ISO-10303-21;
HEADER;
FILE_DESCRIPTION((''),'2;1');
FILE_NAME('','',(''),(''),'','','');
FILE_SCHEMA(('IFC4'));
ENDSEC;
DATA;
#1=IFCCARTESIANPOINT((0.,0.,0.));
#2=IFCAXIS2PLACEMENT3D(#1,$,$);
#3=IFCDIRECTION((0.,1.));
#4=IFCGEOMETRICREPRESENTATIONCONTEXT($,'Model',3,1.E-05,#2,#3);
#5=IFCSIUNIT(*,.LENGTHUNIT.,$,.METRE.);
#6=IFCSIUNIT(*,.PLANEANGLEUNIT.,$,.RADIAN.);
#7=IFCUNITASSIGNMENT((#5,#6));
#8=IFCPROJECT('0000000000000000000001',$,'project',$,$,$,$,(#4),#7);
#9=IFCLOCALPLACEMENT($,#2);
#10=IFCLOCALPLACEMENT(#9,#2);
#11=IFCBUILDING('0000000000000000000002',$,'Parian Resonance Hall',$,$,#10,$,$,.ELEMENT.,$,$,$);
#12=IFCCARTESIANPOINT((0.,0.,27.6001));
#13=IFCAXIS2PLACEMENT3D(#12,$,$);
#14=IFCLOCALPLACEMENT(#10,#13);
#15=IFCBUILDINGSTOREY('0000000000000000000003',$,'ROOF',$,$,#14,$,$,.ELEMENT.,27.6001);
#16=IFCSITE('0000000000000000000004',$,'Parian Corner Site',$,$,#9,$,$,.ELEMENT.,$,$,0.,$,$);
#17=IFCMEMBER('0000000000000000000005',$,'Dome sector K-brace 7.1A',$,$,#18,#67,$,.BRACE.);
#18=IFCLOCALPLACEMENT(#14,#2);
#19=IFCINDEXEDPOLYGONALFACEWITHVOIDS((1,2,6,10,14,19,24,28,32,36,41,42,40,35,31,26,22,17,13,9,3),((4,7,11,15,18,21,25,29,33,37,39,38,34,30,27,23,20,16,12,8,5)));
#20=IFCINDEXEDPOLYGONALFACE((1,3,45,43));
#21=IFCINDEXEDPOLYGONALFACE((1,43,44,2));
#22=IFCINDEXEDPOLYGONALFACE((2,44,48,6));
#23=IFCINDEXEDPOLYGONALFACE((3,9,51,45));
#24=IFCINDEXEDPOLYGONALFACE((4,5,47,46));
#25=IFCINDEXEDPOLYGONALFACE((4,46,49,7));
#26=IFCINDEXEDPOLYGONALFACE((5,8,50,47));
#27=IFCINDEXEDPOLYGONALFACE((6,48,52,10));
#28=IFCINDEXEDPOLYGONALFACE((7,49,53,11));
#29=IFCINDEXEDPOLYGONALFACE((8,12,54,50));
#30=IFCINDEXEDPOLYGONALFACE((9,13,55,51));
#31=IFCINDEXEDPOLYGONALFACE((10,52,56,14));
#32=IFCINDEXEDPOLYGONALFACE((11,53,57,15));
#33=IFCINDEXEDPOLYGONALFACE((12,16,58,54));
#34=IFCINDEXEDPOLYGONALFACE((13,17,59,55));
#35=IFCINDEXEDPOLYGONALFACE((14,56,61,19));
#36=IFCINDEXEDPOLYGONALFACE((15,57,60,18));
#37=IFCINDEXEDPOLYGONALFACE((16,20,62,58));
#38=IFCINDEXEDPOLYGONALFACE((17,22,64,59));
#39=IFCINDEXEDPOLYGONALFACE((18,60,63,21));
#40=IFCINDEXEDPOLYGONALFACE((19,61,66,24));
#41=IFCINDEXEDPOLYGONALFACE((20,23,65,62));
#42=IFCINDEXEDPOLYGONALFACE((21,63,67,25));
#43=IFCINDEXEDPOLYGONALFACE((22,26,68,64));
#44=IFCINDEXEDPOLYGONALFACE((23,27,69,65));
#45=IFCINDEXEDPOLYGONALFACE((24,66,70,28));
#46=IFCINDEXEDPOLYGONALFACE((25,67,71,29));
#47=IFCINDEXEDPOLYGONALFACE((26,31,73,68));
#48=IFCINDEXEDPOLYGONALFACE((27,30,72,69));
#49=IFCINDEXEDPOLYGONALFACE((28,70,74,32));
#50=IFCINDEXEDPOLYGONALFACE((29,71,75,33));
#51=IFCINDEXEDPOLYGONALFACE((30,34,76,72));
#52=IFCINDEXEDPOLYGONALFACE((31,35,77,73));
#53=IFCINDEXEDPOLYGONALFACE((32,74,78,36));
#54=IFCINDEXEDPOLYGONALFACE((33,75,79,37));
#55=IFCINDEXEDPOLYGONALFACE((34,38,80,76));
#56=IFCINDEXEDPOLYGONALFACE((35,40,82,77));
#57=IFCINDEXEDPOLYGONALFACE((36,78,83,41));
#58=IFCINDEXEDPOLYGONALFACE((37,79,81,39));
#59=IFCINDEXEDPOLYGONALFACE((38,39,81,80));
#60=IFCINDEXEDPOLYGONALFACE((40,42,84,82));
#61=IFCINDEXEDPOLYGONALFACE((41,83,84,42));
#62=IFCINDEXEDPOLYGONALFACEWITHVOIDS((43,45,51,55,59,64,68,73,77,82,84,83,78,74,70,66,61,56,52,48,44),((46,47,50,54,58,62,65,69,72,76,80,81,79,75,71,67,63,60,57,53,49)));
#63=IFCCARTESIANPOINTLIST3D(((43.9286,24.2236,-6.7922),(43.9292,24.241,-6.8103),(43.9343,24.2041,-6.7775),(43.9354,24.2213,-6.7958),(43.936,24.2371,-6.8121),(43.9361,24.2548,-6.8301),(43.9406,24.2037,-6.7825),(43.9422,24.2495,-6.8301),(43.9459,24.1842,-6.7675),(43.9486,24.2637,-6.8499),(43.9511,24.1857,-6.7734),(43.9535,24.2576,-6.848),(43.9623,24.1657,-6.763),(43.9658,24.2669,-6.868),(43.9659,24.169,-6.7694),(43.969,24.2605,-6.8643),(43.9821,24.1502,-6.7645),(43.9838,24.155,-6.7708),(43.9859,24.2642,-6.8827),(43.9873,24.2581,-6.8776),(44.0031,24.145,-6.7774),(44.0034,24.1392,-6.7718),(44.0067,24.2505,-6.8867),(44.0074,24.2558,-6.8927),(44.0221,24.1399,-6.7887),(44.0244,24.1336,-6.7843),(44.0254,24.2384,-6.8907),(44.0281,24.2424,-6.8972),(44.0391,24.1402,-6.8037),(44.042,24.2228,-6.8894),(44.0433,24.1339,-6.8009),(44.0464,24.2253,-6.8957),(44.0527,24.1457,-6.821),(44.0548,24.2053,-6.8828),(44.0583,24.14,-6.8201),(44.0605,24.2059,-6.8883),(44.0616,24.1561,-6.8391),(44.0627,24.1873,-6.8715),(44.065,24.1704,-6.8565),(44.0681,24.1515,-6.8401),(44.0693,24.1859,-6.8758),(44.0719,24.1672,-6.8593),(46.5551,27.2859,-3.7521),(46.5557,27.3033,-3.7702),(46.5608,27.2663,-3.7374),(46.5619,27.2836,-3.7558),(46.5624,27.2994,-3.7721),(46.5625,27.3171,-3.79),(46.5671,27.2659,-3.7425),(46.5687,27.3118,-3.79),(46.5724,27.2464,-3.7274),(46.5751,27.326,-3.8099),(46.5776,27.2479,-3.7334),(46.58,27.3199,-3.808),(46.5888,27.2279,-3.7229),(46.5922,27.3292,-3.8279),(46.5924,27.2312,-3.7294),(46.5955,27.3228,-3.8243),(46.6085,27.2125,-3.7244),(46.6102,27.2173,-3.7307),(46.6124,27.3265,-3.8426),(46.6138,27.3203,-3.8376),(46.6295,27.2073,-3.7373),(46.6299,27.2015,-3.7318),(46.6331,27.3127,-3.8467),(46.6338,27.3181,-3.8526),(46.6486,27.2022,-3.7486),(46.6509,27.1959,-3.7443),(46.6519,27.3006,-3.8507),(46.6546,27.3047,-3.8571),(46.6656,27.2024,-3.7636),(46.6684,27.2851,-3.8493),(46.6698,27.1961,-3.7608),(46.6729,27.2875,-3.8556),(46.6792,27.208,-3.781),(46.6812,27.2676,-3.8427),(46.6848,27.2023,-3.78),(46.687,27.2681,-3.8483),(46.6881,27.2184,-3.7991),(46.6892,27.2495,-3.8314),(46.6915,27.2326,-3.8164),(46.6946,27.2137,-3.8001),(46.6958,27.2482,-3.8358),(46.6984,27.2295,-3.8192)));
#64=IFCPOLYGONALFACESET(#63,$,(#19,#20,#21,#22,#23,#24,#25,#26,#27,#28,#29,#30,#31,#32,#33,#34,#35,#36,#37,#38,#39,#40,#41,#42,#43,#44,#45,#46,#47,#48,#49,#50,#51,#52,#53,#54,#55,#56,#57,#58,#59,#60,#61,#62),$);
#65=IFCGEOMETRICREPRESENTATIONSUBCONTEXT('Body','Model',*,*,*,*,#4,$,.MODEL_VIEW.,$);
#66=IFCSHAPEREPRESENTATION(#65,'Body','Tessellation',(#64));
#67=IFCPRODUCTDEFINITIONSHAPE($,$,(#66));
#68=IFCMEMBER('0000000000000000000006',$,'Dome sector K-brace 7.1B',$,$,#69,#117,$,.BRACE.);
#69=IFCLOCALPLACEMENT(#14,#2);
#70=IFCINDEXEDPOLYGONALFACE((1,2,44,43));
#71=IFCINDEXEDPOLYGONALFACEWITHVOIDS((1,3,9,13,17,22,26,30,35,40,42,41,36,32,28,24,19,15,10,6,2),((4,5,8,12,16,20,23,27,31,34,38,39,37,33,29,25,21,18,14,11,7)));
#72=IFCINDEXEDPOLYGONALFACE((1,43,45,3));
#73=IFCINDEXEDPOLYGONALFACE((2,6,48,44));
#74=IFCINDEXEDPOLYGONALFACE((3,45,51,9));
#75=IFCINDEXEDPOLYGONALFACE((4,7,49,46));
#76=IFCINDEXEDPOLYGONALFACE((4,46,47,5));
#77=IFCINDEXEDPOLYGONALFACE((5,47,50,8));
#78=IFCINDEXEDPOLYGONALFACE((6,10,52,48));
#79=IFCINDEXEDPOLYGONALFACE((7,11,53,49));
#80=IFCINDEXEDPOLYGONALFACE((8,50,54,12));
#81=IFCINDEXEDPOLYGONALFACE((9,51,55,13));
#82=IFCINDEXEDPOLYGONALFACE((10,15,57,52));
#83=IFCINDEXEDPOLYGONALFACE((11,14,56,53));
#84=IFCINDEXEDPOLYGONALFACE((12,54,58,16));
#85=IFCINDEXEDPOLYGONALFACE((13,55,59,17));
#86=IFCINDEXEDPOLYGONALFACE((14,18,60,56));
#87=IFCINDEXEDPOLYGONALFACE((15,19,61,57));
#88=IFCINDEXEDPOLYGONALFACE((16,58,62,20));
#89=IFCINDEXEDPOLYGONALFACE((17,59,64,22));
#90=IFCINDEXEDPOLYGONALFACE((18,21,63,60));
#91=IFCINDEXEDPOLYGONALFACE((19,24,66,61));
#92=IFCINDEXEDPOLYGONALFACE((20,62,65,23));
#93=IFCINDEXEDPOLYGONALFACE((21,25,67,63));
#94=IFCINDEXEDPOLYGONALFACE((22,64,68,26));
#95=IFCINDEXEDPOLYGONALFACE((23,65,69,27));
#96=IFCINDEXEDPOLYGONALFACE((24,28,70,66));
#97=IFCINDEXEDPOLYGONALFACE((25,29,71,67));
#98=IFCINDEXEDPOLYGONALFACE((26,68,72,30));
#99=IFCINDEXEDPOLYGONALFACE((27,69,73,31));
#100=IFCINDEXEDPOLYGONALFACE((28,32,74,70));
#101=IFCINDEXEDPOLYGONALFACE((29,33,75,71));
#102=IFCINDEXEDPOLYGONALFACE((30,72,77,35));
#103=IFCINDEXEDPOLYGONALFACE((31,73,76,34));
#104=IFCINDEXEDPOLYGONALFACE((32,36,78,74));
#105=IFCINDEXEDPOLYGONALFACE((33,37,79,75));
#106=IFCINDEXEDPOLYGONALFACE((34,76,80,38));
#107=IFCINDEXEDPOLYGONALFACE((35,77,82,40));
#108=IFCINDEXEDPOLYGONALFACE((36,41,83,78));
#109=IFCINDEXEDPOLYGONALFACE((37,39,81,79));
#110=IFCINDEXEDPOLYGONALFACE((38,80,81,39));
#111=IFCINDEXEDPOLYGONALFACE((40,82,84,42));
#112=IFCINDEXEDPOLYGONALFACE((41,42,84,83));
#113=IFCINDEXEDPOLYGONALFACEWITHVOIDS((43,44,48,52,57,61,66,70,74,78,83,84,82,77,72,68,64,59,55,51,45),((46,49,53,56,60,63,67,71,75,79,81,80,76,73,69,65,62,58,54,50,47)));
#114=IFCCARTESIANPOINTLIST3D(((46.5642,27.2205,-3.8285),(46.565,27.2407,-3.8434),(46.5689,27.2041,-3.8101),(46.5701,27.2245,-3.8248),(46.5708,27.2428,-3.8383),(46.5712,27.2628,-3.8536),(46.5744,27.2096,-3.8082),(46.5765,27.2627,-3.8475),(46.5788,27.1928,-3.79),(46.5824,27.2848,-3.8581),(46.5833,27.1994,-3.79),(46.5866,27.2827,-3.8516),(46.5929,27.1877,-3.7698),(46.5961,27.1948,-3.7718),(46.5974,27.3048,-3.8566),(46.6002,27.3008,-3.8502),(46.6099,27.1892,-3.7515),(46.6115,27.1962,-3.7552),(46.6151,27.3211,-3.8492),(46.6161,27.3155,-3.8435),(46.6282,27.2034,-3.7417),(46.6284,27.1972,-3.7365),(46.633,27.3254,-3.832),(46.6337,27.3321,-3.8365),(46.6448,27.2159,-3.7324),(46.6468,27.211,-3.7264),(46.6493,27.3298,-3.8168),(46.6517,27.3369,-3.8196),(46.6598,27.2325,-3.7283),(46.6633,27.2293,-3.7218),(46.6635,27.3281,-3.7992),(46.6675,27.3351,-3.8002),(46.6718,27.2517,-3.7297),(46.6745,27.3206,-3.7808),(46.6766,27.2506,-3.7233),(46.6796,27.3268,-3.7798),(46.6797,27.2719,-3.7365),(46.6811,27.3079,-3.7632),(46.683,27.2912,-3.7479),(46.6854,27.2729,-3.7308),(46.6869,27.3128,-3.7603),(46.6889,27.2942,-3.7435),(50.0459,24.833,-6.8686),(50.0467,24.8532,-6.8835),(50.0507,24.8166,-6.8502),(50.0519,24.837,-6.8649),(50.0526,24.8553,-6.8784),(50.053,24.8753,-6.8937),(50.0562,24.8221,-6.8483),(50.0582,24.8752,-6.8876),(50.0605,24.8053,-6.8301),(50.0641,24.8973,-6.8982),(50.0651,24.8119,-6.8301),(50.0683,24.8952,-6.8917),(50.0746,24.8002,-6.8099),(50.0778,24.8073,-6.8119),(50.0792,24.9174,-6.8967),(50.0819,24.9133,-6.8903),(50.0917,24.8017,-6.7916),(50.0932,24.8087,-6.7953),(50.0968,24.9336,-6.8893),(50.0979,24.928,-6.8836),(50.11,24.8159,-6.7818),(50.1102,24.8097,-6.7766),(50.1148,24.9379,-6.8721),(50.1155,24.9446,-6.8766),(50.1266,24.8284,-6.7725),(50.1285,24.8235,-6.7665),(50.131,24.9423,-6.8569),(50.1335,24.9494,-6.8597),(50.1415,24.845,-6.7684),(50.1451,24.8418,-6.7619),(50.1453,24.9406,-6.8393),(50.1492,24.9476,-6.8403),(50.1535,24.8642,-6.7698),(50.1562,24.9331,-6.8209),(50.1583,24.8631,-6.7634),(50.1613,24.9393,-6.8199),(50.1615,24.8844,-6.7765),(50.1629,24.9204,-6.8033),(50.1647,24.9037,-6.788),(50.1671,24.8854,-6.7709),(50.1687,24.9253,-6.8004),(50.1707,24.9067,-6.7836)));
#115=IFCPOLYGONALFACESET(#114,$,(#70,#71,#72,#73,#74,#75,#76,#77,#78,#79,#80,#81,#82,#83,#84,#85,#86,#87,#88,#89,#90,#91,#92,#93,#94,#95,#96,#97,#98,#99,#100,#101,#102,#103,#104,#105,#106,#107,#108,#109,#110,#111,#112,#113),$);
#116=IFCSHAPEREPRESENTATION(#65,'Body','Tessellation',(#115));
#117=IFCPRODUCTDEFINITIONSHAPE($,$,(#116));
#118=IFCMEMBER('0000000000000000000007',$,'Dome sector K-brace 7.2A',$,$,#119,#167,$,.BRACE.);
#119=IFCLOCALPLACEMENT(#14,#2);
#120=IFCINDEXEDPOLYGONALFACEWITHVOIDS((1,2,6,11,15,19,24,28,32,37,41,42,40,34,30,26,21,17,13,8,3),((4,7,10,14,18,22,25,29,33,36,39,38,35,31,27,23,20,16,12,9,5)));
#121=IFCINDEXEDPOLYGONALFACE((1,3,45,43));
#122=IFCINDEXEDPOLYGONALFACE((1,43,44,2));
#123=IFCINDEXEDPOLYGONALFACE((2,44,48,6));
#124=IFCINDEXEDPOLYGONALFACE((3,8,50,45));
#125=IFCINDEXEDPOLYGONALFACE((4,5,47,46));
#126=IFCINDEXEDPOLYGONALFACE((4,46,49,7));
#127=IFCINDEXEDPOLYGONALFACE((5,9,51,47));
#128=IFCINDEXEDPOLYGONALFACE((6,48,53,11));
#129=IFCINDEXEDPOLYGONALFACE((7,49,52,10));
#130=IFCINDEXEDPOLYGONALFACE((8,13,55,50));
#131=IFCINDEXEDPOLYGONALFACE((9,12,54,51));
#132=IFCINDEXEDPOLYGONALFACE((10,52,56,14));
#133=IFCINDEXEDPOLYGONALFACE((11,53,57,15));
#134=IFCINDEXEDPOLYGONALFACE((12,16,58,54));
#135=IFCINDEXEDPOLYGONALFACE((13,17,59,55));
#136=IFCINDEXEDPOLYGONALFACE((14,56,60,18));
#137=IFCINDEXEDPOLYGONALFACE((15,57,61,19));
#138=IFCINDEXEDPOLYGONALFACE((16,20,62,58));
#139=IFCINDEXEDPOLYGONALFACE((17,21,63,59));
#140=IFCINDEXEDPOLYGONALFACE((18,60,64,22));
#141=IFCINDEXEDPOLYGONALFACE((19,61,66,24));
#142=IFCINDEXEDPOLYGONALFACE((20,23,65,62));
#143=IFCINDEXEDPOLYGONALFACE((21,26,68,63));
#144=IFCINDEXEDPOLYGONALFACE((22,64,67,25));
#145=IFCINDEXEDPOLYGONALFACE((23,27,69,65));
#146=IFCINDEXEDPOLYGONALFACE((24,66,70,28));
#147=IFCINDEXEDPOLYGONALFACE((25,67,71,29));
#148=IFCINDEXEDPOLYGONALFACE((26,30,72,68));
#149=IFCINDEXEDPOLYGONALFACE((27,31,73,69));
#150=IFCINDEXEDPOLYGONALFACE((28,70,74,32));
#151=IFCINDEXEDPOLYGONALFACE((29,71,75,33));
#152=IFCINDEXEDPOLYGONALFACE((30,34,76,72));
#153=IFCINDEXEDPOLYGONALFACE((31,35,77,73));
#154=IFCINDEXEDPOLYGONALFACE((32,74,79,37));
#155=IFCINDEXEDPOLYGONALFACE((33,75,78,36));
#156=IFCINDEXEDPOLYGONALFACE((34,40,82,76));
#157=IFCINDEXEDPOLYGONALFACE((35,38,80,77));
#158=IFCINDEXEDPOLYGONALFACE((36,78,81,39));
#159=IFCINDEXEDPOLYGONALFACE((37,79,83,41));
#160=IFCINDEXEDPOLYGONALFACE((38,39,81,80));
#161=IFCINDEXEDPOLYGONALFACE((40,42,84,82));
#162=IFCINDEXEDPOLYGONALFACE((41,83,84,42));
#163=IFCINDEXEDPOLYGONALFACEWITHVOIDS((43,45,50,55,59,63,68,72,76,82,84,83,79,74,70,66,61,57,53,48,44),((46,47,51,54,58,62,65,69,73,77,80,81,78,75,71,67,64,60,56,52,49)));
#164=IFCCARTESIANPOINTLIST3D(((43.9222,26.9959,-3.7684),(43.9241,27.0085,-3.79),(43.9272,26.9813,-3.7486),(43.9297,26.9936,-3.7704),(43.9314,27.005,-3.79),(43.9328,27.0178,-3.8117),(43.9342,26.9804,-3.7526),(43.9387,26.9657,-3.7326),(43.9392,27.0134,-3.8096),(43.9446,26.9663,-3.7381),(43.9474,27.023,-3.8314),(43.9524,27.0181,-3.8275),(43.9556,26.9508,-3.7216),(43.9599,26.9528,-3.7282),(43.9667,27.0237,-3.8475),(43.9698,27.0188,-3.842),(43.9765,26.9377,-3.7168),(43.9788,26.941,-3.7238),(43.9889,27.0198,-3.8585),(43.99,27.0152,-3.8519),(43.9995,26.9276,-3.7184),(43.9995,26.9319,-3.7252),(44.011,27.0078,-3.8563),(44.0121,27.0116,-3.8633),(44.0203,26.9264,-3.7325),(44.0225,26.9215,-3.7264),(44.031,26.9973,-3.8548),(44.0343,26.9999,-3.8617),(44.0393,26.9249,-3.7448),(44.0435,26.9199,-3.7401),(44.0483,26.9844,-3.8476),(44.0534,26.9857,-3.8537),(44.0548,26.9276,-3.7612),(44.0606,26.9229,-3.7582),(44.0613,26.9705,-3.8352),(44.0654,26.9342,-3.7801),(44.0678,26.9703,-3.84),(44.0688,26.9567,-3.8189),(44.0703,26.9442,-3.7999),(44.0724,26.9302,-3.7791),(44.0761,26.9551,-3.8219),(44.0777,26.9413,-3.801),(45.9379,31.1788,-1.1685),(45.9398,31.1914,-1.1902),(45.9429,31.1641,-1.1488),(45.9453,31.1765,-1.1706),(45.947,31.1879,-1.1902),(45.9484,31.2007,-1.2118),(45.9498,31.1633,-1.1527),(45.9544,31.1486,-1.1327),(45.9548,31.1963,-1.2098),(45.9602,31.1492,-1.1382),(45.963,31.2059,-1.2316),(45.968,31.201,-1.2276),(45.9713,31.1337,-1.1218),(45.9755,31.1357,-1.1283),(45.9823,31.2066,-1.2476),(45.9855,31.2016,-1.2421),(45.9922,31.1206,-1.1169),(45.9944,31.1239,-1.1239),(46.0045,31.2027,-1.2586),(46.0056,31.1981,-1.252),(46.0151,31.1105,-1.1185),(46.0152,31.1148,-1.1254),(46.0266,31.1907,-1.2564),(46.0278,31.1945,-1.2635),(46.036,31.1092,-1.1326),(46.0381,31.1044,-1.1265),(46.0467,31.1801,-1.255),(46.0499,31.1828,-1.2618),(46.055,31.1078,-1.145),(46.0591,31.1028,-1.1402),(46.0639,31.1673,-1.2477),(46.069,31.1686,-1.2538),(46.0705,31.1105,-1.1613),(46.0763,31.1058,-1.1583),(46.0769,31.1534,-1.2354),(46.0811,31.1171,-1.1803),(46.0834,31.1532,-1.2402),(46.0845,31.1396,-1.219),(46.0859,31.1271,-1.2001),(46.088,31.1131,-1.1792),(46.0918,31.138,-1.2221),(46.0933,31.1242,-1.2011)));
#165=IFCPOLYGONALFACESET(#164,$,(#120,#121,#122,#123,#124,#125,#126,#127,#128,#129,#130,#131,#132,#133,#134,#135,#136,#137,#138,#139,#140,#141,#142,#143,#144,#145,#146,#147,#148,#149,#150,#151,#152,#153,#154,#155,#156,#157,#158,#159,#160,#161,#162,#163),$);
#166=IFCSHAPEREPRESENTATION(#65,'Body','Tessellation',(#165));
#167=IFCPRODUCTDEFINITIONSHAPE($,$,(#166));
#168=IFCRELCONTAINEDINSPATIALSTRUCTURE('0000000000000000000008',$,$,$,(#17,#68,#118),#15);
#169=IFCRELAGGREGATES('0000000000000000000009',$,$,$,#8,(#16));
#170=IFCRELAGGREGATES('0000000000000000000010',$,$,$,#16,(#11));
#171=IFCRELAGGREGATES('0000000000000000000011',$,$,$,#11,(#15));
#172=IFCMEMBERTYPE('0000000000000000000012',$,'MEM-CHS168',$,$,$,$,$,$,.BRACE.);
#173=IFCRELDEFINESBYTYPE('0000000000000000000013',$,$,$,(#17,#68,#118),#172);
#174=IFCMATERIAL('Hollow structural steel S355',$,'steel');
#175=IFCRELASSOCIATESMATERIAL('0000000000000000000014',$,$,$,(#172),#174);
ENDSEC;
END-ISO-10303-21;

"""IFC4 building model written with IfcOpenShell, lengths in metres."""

from ifc_helpers import new_model, si_unit, direction, frame, origin, origin_2d, place, context, subcontext, project, spatial, hollow_circle, extrude, material, material_profile, profile_set, type_object, element, save


model = new_model("IFC4")

# Units and contexts
model_context = context("Model", 3, precision=1e-05, world=origin(), true_north=direction((0.0, 1.0)))
body_context = subcontext(model_context, "Body", "Model", "MODEL_VIEW")
ifc_project = project(units=[si_unit("LENGTHUNIT", "METRE"), si_unit("PLANEANGLEUNIT", "RADIAN")], contexts=[model_context])

# Site, building, storey
site_placement = place(None, origin())
site = spatial("IfcSite", under=ifc_project, at=site_placement, Name="Parian Corner Site", CompositionType="ELEMENT", RefElevation=0.0)
building_placement = place(site_placement, origin())
building = spatial("IfcBuilding", under=site, at=building_placement, Name="Parian Resonance Hall", CompositionType="ELEMENT")
storey_placement = place(building_placement, frame((0.0, 0.0, 27.6001)))
storey = spatial("IfcBuildingStorey", under=building, at=storey_placement, Name="ROOF", CompositionType="ELEMENT", Elevation=27.6001)

# Members
ifc_material_1 = material(Name="Hollow structural steel S355", Category="steel")
ifc_material_profile_1 = material_profile(ifc_material_1, hollow_circle(Radius=0.0842, WallThickness=0.0081, at=origin_2d()), Name="CHS168.3x8")
ifc_profile_set_1 = profile_set([ifc_material_profile_1], Name="Hollow structural steel S355")
member_type_1 = type_object("IfcMemberType", Name="MEM-CHS168", PredefinedType="BRACE", material=ifc_profile_set_1)
member_1_placement = place(storey_placement, frame((44.0, 24.2, -6.8301), z_axis=(0.519938, 0.606208, 0.60181), x_axis=(-0.759052, 0.651031, 0.0)))
element("IfcMember", 1, at=member_1_placement, inside=storey, type_object=member_type_1, Name="Dome sector K-brace 7.1A", PredefinedType="BRACE", context=body_context, shape_type="SweptSolid", body=[
    extrude(hollow_circle(Radius=0.0842, WallThickness=0.0081, at=origin_2d()), origin(), (0.0, 0.0, 1.0), 5.0515),
])
member_2_placement = place(storey_placement, frame((50.1082, 24.8748, -6.8301), z_axis=(-0.66926, 0.458922, 0.584364), x_axis=(-0.565529, -0.824728, 0.0)))
element("IfcMember", 2, at=member_2_placement, inside=storey, type_object=member_type_1, Name="Dome sector K-brace 7.1B", PredefinedType="BRACE", context=body_context, shape_type="SweptSolid", body=[
    extrude(hollow_circle(Radius=0.0842, WallThickness=0.0081, at=origin_2d()), origin(), (0.0, 0.0, 1.0), 5.2024),
])
member_3_placement = place(storey_placement, frame((44.0, 26.9719, -3.79), z_axis=(0.37877, 0.786031, 0.488557), x_axis=(-0.900862, 0.434105, 0.0)))
element("IfcMember", 3, at=member_3_placement, inside=storey, type_object=member_type_1, Name="Dome sector K-brace 7.2A", PredefinedType="BRACE", context=body_context, shape_type="SweptSolid", body=[
    extrude(hollow_circle(Radius=0.0842, WallThickness=0.0081, at=origin_2d()), origin(), (0.0, 0.0, 1.0), 5.3215),
])

save(model, "model.ifc")
